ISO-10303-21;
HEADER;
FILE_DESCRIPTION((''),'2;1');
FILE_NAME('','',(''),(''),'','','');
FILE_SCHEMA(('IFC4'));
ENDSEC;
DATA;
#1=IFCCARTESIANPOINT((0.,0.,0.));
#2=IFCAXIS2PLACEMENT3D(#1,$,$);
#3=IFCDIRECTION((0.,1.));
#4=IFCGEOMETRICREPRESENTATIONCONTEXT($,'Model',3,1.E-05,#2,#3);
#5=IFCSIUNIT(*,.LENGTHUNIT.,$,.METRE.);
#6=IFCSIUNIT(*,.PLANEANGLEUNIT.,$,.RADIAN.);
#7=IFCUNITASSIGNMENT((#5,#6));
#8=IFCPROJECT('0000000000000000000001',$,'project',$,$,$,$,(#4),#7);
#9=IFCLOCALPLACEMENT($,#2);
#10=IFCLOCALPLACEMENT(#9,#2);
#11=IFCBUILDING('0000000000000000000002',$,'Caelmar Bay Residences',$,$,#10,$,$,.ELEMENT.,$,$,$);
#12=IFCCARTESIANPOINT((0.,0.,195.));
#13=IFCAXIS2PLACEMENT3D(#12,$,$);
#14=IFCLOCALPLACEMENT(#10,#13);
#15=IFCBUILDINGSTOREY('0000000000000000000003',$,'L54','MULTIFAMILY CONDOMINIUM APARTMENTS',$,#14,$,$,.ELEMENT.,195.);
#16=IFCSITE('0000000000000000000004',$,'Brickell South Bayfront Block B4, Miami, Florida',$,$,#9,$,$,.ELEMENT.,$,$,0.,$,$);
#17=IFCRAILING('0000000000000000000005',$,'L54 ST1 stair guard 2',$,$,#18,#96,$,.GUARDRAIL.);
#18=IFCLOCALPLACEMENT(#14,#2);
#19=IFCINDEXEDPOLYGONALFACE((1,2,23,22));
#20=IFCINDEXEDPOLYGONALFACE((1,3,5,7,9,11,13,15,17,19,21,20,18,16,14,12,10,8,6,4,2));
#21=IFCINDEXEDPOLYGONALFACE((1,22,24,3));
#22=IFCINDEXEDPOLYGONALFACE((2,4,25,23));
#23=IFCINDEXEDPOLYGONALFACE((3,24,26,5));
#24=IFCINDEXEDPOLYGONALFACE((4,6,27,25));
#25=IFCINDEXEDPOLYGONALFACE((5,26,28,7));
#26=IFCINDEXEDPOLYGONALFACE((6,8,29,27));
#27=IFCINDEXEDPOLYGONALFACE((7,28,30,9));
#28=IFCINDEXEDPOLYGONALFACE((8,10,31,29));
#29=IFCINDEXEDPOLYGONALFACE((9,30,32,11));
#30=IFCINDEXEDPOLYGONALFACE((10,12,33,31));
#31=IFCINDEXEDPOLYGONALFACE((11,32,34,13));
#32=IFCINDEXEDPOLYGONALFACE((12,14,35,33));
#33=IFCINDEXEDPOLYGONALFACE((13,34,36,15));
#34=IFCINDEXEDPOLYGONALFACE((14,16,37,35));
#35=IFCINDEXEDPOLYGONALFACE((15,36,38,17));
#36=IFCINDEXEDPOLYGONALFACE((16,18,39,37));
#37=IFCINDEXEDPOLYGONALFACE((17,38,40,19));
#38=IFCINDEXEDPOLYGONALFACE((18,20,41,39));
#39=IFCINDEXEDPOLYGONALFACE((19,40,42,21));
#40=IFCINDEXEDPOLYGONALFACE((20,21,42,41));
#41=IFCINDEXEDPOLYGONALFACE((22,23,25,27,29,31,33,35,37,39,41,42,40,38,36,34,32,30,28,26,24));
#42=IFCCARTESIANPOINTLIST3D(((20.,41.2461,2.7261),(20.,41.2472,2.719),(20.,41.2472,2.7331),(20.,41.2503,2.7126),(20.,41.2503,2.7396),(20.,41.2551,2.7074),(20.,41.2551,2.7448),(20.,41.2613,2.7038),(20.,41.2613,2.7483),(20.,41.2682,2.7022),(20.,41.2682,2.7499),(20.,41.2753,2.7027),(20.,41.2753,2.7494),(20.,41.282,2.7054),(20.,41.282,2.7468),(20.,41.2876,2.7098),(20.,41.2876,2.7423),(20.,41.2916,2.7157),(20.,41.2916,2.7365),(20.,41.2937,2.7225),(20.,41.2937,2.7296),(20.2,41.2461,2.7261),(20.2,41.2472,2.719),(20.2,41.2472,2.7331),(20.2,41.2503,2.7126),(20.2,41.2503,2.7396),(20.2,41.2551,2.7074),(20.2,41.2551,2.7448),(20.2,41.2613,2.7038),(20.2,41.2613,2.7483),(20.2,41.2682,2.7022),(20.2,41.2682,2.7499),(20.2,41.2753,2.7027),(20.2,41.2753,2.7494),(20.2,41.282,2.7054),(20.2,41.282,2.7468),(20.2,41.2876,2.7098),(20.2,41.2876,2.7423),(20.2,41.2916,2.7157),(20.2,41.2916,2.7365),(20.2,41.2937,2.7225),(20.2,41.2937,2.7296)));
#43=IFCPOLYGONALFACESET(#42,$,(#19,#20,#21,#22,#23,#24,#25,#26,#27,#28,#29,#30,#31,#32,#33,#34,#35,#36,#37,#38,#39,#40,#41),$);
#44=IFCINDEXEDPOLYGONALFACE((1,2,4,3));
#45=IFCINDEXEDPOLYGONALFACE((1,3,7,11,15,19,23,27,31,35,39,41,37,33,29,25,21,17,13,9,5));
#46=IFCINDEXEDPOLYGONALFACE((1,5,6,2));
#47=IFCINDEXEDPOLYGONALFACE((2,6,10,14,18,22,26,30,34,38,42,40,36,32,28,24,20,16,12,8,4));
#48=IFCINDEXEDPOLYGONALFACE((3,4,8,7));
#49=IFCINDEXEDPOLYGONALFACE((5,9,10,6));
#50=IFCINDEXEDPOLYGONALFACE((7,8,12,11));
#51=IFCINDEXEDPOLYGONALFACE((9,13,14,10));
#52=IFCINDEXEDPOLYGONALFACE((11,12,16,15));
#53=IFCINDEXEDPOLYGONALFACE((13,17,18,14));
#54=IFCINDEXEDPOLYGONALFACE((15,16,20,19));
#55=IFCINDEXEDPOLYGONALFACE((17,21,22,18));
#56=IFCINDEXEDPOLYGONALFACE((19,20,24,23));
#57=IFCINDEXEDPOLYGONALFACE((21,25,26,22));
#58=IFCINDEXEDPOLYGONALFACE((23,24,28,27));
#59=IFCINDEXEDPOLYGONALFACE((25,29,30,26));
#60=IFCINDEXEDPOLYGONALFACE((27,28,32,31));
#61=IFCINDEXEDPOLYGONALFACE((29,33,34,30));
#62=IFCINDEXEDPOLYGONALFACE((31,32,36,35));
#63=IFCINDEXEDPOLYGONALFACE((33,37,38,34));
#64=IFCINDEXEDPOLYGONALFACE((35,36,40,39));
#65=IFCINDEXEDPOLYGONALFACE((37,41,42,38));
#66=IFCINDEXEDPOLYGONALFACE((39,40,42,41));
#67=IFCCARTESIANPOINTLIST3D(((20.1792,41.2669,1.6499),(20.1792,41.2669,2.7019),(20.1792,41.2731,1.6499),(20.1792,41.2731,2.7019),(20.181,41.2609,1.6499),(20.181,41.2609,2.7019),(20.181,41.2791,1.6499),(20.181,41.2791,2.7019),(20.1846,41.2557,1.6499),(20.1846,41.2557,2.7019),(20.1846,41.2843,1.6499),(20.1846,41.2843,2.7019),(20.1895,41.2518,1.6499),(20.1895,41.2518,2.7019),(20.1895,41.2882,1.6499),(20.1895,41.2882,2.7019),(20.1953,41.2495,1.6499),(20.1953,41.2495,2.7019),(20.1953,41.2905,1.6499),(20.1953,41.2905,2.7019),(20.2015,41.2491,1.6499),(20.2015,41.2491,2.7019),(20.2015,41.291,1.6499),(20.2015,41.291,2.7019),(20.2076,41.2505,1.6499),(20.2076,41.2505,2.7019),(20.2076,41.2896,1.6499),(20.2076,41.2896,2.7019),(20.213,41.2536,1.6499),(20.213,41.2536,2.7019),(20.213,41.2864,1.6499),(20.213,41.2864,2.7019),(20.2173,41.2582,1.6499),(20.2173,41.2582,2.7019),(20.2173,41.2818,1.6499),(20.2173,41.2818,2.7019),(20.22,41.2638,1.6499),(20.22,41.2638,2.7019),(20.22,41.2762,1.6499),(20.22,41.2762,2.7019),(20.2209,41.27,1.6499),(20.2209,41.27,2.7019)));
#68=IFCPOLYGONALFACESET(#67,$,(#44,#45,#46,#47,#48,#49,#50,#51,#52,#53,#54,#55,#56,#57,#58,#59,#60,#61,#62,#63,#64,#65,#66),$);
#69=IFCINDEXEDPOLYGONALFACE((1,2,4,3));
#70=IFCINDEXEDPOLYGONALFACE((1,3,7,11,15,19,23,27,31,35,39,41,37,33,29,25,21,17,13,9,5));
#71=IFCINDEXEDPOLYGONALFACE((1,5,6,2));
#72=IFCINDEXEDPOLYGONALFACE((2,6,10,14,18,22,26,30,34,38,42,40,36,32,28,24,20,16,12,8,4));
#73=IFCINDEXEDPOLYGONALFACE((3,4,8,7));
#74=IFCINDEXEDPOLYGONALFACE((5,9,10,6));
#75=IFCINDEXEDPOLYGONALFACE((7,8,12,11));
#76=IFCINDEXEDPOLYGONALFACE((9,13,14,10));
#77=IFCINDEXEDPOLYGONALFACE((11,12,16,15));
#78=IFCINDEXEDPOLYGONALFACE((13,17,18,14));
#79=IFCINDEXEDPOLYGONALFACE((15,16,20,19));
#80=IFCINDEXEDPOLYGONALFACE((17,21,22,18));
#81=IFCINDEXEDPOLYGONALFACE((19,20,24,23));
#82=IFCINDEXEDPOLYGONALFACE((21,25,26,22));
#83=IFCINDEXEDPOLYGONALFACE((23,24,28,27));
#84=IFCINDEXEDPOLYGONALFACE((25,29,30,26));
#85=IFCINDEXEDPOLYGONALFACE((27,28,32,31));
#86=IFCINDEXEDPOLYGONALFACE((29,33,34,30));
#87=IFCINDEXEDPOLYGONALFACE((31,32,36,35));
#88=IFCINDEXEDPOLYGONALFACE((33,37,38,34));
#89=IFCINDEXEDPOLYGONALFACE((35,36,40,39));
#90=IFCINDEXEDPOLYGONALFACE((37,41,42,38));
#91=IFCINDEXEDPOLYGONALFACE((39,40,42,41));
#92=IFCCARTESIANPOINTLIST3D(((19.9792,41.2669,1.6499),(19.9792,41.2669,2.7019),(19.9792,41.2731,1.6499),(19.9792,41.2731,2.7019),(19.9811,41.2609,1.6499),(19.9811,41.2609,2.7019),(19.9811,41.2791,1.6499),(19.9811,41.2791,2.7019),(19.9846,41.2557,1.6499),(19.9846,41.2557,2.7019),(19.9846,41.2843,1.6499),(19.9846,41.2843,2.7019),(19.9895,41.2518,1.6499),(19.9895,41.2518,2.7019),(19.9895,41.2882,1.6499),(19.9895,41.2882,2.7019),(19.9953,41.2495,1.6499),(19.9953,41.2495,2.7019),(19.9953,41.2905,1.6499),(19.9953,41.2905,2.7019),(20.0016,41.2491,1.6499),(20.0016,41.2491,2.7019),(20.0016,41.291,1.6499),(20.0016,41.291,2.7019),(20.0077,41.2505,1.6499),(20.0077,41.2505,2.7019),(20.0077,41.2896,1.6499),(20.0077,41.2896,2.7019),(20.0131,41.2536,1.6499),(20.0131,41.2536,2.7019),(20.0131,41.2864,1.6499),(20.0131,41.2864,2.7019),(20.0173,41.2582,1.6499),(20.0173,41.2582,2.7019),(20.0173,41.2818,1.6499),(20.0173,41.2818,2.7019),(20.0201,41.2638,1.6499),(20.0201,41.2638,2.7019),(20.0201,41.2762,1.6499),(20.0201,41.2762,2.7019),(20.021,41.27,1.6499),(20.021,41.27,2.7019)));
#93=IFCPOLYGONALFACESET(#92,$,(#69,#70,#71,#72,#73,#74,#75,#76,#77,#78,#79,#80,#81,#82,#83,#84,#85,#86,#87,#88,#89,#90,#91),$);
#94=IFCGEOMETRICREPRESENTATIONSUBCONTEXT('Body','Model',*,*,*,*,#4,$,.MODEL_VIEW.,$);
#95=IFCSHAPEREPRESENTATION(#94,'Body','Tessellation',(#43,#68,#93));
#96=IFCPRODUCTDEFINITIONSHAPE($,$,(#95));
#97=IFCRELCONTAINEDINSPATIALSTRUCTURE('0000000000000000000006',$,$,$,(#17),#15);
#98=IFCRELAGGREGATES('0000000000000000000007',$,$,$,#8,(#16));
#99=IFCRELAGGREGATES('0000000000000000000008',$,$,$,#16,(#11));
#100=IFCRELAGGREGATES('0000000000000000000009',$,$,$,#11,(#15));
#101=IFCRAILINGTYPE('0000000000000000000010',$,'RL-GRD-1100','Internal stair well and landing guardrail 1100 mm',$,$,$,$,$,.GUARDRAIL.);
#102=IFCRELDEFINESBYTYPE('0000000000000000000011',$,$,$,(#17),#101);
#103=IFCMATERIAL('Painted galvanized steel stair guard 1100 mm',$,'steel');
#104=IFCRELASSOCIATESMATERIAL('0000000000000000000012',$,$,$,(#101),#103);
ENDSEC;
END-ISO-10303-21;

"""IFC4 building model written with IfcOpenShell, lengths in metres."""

from ifc_helpers import new_model, si_unit, direction, frame, origin, origin_2d, place, context, subcontext, project, spatial, circle, extrude, material, type_object, element, save


model = new_model("IFC4")

# Units and contexts
model_context = context("Model", 3, precision=1e-05, world=origin(), true_north=direction((0.0, 1.0)))
body_context = subcontext(model_context, "Body", "Model", "MODEL_VIEW")
ifc_project = project(units=[si_unit("LENGTHUNIT", "METRE"), si_unit("PLANEANGLEUNIT", "RADIAN")], contexts=[model_context])

# Site, building, storey
site_placement = place(None, origin())
site = spatial("IfcSite", under=ifc_project, at=site_placement, Name="Brickell South Bayfront Block B4, Miami, Florida", CompositionType="ELEMENT", RefElevation=0.0)
building_placement = place(site_placement, origin())
building = spatial("IfcBuilding", under=site, at=building_placement, Name="Caelmar Bay Residences", CompositionType="ELEMENT")
storey_placement = place(building_placement, frame((0.0, 0.0, 195.0)))
storey = spatial("IfcBuildingStorey", under=building, at=storey_placement, Name="L54", Description="MULTIFAMILY CONDOMINIUM APARTMENTS", CompositionType="ELEMENT", Elevation=195.0)

# Railing
ifc_material_1 = material(Name="Painted galvanized steel stair guard 1100 mm", Category="steel")
railing_type_1 = type_object("IfcRailingType", Name="RL-GRD-1100", Description="Internal stair well and landing guardrail 1100 mm", PredefinedType="GUARDRAIL", material=ifc_material_1)
railing_1_placement = place(storey_placement, frame((20.2, 41.27, 1.6499)))
element("IfcRailing", 1, at=railing_1_placement, inside=storey, type_object=railing_type_1, Name="L54 ST1 stair guard 2", PredefinedType="GUARDRAIL", context=body_context, shape_type="SweptSolid", body=[
    extrude(circle(Radius=0.0239, at=origin_2d()), frame((0.0, 0.0, 1.0762), z_axis=(-1.0, 0.0, 0.0), x_axis=(0.0, -1.0, 0.0)), (0.0, 0.0, 1.0), 0.2),
    extrude(circle(Radius=0.021, at=origin_2d()), origin(), (0.0, 0.0, 1.0), 1.052),
    extrude(circle(Radius=0.021, at=origin_2d()), frame((-0.2, 0.0, 0.0)), (0.0, 0.0, 1.0), 1.052),
])

save(model, "model.ifc")
